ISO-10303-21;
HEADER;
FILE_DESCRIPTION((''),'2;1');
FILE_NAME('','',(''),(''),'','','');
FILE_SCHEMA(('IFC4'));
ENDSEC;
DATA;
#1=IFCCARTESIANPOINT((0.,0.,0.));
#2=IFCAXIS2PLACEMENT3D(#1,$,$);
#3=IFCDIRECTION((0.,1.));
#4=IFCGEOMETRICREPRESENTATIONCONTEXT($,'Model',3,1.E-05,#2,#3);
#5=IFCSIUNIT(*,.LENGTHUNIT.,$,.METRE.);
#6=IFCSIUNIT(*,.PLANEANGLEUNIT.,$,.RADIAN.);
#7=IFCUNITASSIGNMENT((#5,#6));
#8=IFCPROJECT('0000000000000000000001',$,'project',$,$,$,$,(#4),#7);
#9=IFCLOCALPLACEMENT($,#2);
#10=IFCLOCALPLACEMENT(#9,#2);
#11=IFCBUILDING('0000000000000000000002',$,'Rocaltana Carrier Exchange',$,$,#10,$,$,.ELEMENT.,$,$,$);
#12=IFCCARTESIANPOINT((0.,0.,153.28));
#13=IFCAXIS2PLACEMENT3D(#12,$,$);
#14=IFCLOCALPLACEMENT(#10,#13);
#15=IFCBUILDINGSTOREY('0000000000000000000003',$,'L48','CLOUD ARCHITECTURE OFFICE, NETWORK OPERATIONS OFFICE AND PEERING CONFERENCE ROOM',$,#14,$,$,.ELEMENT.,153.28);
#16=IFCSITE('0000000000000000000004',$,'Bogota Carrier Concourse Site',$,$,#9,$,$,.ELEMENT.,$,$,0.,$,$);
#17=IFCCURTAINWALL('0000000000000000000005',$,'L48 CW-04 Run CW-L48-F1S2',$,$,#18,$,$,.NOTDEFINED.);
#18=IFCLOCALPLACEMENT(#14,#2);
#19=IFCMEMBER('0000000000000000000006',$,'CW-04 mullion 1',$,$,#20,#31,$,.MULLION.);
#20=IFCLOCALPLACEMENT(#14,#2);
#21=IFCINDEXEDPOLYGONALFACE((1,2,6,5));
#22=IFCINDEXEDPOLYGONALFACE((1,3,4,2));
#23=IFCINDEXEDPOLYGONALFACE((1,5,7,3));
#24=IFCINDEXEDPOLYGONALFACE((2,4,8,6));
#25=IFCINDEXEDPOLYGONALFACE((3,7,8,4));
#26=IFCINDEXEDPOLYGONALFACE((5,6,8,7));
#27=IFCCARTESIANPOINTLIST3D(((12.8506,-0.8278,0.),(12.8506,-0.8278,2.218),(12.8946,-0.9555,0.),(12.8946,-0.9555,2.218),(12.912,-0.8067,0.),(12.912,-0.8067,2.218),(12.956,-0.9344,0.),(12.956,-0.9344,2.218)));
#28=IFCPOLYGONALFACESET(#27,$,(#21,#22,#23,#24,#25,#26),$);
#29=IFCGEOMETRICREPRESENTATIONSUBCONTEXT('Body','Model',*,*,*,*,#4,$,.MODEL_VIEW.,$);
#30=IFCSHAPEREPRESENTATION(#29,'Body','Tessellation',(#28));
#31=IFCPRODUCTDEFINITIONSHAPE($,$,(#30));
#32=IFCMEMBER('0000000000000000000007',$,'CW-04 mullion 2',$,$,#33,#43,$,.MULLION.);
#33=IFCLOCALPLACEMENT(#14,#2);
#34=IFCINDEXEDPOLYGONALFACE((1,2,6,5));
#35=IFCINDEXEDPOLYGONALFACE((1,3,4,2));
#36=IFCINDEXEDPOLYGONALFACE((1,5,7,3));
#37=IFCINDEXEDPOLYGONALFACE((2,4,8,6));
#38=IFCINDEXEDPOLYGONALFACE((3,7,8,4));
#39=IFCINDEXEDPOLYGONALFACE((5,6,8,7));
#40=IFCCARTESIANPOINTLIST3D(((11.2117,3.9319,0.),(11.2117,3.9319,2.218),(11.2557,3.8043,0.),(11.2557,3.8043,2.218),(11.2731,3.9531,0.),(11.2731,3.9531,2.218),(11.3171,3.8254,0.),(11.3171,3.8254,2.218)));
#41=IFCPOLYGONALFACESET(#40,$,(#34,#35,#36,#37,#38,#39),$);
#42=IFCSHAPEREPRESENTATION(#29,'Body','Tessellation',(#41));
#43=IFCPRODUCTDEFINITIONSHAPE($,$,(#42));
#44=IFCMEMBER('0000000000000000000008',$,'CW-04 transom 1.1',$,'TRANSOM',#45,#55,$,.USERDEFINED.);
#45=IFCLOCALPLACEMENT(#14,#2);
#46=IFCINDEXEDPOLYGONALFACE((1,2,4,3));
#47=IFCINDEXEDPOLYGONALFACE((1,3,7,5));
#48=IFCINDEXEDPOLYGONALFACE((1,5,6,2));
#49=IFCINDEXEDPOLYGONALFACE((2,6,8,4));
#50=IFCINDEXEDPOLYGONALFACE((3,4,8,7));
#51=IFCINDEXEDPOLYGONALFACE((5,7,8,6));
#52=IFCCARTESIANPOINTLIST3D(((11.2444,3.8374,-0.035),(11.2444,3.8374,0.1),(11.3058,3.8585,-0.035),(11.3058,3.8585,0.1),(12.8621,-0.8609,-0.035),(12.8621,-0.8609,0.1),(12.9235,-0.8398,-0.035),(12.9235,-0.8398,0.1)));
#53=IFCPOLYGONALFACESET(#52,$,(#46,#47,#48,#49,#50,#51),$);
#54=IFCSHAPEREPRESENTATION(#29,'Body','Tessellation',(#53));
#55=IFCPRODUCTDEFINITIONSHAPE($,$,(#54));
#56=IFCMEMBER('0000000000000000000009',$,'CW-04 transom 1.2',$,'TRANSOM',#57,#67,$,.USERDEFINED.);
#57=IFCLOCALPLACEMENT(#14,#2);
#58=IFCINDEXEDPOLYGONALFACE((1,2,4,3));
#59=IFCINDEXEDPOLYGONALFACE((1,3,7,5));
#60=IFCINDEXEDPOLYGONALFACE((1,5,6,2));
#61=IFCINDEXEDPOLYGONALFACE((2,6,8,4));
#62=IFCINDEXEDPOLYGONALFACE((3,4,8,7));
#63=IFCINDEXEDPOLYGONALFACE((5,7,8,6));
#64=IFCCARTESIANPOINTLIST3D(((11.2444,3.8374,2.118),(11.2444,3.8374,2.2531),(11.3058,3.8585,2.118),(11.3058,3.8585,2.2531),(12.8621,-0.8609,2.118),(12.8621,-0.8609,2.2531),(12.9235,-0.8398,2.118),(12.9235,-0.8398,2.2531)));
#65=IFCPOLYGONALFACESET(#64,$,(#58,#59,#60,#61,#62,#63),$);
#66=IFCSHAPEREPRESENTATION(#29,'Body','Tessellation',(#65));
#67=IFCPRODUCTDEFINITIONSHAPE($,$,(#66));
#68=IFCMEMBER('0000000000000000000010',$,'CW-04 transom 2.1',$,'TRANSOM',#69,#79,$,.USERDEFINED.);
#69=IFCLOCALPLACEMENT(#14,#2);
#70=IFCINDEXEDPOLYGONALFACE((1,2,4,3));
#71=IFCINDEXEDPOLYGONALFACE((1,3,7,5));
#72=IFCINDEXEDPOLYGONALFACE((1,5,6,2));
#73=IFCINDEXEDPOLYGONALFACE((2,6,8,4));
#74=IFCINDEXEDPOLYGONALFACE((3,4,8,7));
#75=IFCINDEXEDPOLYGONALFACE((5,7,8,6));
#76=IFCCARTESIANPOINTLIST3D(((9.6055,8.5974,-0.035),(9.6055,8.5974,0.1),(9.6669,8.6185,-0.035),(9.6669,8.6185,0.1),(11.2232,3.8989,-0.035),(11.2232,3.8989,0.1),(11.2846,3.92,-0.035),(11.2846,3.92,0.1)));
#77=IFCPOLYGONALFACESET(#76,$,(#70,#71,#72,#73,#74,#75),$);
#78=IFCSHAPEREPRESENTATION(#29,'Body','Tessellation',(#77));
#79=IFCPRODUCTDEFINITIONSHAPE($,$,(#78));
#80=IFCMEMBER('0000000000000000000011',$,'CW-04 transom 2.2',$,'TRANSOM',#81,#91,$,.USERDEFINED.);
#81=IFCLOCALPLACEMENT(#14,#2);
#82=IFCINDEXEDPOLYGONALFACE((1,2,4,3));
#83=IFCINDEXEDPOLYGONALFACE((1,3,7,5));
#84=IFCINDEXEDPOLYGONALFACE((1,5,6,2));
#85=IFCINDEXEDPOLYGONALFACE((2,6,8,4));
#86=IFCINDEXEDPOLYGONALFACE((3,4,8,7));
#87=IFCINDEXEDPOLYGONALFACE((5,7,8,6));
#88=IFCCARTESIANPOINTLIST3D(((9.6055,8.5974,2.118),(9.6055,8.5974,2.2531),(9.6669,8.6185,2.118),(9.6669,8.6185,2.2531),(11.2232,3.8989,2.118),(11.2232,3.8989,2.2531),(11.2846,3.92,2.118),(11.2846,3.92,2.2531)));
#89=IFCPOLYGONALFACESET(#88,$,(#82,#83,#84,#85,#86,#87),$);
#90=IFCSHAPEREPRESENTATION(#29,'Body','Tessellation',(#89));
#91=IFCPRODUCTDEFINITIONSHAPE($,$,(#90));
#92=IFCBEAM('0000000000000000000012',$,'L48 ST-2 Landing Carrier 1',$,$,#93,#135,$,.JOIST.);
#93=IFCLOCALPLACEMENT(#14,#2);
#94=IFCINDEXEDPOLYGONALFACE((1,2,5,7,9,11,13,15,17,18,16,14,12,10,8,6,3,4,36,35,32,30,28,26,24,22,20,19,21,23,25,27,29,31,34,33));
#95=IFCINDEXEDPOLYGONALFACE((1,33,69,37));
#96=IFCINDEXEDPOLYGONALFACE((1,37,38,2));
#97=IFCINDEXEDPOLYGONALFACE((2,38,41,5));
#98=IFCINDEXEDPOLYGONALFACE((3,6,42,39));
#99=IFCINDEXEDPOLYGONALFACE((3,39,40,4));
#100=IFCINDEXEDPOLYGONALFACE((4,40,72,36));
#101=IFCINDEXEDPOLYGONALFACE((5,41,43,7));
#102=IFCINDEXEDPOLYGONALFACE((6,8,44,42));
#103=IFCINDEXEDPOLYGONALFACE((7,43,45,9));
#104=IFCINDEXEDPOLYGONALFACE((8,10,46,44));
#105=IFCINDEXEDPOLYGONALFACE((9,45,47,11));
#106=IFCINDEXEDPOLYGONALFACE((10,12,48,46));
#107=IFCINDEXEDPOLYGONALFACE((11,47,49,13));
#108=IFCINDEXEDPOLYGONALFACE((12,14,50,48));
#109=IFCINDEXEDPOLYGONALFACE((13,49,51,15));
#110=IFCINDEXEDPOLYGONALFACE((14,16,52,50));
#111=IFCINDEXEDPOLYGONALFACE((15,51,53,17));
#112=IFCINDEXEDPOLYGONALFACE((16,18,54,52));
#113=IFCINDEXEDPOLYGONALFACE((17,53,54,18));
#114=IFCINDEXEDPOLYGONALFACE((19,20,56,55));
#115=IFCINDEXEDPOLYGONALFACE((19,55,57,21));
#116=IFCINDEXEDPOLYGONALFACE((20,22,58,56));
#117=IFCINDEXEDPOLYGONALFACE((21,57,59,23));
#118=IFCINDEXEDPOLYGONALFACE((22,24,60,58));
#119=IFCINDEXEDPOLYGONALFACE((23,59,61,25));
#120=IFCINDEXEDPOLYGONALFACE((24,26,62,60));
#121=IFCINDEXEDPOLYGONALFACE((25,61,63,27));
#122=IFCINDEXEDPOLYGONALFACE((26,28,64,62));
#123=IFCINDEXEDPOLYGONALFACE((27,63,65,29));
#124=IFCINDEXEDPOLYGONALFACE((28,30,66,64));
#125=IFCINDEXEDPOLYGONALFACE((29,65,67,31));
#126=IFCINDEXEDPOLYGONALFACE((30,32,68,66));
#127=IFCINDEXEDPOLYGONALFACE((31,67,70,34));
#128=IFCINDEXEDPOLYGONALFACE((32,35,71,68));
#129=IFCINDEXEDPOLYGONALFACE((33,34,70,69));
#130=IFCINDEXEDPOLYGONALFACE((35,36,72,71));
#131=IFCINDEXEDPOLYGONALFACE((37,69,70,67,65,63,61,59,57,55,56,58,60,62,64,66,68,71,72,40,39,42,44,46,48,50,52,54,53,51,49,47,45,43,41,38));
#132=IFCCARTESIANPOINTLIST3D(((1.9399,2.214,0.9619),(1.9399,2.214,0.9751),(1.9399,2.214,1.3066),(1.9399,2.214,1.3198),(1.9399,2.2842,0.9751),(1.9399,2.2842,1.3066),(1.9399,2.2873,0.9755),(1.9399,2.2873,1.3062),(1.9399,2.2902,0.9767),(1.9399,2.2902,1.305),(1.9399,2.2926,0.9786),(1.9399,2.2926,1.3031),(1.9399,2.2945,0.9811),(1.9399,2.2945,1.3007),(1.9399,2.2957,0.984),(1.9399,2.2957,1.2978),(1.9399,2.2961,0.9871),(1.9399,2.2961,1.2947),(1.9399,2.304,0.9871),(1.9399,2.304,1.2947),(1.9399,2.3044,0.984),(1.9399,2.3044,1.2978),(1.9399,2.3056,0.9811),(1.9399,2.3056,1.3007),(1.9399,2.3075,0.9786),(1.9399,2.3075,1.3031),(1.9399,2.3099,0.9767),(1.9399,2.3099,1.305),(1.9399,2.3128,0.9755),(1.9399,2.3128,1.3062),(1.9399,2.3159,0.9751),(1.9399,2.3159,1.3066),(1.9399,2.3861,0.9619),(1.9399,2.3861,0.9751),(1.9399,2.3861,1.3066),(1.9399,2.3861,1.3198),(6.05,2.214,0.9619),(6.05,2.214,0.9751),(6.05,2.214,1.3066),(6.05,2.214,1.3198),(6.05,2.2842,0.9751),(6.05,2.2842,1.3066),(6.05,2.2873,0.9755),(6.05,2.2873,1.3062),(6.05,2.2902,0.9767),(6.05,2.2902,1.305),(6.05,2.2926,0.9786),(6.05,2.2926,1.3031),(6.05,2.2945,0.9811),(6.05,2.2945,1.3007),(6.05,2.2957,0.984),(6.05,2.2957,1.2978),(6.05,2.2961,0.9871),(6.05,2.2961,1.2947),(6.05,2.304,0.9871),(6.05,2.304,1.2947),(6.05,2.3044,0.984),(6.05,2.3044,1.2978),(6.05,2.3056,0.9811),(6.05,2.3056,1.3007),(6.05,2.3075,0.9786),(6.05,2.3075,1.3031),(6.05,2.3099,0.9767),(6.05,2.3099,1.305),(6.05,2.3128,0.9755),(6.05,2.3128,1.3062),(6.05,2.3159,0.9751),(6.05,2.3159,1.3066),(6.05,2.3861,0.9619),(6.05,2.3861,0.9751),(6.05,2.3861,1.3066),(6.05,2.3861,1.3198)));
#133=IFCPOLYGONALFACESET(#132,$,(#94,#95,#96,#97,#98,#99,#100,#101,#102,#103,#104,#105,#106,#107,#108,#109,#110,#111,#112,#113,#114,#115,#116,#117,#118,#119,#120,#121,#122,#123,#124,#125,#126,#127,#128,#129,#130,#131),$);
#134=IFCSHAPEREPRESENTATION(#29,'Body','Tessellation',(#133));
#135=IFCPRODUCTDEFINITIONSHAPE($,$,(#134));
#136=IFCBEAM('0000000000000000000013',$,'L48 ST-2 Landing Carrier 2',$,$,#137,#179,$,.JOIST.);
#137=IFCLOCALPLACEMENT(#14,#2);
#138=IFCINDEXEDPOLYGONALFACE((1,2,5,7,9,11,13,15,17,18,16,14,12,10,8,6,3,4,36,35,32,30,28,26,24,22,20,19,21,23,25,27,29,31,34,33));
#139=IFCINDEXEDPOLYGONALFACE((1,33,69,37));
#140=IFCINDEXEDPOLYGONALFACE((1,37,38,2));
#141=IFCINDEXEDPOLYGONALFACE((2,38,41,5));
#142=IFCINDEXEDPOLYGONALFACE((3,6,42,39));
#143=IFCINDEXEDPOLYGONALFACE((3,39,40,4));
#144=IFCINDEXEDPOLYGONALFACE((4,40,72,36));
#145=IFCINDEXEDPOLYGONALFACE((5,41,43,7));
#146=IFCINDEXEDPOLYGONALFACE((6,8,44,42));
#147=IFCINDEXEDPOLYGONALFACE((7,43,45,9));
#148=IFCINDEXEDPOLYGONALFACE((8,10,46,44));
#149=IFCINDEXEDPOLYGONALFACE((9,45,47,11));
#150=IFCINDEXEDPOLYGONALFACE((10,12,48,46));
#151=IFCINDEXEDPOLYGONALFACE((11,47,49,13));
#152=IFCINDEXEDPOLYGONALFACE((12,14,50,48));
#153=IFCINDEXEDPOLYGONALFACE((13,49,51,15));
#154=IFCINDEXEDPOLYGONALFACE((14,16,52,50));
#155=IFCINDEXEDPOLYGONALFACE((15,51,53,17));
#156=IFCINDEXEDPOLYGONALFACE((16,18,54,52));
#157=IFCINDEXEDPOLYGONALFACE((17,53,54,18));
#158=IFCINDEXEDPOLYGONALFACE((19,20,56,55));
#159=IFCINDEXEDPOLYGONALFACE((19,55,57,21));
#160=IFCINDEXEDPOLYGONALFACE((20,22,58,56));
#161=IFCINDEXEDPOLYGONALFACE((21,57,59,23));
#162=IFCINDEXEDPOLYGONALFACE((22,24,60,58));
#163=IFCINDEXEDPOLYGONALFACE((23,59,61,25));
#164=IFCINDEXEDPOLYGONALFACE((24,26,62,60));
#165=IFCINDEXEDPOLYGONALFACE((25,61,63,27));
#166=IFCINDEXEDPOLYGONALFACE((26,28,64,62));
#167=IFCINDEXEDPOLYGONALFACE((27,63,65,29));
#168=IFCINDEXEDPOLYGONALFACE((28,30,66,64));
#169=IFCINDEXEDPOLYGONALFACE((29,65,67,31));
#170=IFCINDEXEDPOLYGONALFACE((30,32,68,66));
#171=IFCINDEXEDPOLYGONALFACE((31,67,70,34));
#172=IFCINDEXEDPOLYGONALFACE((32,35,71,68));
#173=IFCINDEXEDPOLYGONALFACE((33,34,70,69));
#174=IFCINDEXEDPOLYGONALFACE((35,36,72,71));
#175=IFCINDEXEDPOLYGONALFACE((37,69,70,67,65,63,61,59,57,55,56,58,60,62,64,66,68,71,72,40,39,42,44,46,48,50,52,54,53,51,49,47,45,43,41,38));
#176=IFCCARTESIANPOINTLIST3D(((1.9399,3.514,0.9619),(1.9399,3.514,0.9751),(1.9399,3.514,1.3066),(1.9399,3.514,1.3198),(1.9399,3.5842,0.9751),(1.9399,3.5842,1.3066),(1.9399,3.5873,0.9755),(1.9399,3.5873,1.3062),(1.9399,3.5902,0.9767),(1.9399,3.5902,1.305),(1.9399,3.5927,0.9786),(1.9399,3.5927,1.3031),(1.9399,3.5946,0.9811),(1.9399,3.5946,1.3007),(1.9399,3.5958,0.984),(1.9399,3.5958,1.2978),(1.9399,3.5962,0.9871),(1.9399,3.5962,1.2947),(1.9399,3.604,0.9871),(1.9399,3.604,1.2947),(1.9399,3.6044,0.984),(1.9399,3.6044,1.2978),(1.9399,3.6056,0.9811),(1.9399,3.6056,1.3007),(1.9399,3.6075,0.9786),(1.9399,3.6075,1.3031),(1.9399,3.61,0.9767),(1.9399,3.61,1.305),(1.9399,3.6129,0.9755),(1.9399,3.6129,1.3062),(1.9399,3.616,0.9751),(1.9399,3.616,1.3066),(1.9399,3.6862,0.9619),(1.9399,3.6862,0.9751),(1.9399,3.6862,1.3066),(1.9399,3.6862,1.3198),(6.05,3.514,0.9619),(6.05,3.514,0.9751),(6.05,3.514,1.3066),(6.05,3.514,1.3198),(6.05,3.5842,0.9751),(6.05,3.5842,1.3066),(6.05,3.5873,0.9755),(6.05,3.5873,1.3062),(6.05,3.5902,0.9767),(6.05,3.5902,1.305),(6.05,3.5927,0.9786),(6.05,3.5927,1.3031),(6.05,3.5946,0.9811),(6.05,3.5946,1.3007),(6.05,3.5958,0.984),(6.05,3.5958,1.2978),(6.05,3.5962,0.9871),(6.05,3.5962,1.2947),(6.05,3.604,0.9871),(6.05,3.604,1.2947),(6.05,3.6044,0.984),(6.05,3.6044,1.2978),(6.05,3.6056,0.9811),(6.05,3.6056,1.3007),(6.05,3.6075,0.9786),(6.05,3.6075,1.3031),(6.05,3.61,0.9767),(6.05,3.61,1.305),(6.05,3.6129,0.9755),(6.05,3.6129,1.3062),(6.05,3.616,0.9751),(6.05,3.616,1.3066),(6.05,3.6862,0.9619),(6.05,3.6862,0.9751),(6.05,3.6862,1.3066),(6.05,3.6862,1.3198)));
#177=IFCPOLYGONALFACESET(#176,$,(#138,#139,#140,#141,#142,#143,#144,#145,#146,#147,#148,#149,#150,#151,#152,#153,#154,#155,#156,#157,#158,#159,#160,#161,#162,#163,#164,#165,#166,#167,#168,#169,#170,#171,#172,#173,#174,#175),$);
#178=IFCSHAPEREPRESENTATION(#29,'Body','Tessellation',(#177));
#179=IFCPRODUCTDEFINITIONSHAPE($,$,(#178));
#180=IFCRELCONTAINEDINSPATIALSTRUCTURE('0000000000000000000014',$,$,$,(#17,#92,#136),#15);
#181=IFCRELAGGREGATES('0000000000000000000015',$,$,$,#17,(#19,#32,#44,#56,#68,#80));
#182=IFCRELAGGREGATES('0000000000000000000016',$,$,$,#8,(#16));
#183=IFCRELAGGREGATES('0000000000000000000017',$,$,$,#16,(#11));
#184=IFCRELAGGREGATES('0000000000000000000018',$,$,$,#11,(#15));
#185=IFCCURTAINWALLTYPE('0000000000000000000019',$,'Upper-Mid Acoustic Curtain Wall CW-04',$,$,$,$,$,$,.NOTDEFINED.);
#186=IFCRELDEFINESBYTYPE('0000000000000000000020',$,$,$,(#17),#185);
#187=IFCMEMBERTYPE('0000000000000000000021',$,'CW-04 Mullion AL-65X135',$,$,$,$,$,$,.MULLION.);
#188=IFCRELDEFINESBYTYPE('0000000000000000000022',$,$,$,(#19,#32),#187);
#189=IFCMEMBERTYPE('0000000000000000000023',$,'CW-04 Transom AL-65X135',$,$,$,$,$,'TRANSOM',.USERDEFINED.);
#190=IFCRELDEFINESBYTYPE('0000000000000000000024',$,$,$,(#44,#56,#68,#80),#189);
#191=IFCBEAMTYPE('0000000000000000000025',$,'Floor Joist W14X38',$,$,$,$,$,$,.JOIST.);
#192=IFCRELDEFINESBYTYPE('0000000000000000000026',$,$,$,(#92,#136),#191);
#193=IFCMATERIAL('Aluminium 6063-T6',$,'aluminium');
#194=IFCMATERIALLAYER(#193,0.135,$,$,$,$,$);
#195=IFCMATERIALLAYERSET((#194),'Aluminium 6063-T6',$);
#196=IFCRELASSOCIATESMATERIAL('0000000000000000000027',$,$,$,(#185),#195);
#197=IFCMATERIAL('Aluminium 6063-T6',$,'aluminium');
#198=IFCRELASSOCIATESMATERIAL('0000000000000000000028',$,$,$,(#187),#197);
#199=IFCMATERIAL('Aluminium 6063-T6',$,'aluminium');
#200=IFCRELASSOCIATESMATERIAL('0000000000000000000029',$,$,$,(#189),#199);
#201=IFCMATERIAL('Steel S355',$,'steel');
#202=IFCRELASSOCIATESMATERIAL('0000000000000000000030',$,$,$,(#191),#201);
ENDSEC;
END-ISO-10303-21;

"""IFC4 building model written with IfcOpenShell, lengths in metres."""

from ifc_helpers import new_model, si_unit, direction, frame, origin, origin_2d, place, context, subcontext, project, spatial, rectangle, i_section, extrude, material, layer, layer_set, material_profile, profile_set, type_object, element, aggregate, save


model = new_model("IFC4")

# Units and contexts
model_context = context("Model", 3, precision=1e-05, world=origin(), true_north=direction((0.0, 1.0)))
body_context = subcontext(model_context, "Body", "Model", "MODEL_VIEW")
ifc_project = project(units=[si_unit("LENGTHUNIT", "METRE"), si_unit("PLANEANGLEUNIT", "RADIAN")], contexts=[model_context])

# Site, building, storey
site_placement = place(None, origin())
site = spatial("IfcSite", under=ifc_project, at=site_placement, Name="Bogota Carrier Concourse Site", CompositionType="ELEMENT", RefElevation=0.0)
building_placement = place(site_placement, origin())
building = spatial("IfcBuilding", under=site, at=building_placement, Name="Rocaltana Carrier Exchange", CompositionType="ELEMENT")
storey_placement = place(building_placement, frame((0.0, 0.0, 153.28)))
storey = spatial("IfcBuildingStorey", under=building, at=storey_placement, Name="L48", Description="CLOUD ARCHITECTURE OFFICE, NETWORK OPERATIONS OFFICE AND PEERING CONFERENCE ROOM", CompositionType="ELEMENT", Elevation=153.28)

# Curtain wall, members
ifc_material_1 = material(Name="Aluminium 6063-T6", Category="aluminium")
ifc_layer_1 = layer(ifc_material_1, 0.135)
ifc_layer_set_1 = layer_set([ifc_layer_1], Name="Aluminium 6063-T6")
curtain_wall_type = type_object("IfcCurtainWallType", Name="Upper-Mid Acoustic Curtain Wall CW-04", PredefinedType="NOTDEFINED", material=ifc_layer_set_1)
curtain_wall_placement = place(storey_placement, origin())
curtain_wall = element("IfcCurtainWall", 1, at=curtain_wall_placement, inside=storey, type_object=curtain_wall_type, Name="L48 CW-04 Run CW-L48-F1S2", PredefinedType="NOTDEFINED")
ifc_material_2 = material(Name="Aluminium 6063-T6", Category="aluminium")
ifc_material_profile_1 = material_profile(ifc_material_2, rectangle(XDim=0.0649, YDim=0.135, at=origin_2d()), Name="AL-65X135")
ifc_profile_set_1 = profile_set([ifc_material_profile_1], Name="Aluminium 6063-T6")
member_type_1 = type_object("IfcMemberType", Name="CW-04 Mullion AL-65X135", PredefinedType="MULLION", material=ifc_profile_set_1)
member_1_placement = place(storey_placement, frame((12.9033, -0.8811, 0.0), z_axis=(0.0, 0.0, 1.0), x_axis=(-0.945521, -0.325562, 0.0)))
member_1 = element("IfcMember", 2, at=member_1_placement, type_object=member_type_1, Name="CW-04 mullion 1", PredefinedType="MULLION", context=body_context, shape_type="SweptSolid", body=[
    extrude(rectangle(XDim=0.0649, YDim=0.135, at=origin_2d()), origin(), (0.0, 0.0, 1.0), 2.218),
])
member_2_placement = place(storey_placement, frame((11.2644, 3.8787, 0.0), z_axis=(0.0, 0.0, 1.0), x_axis=(-0.945521, -0.325562, 0.0)))
member_2 = element("IfcMember", 3, at=member_2_placement, type_object=member_type_1, Name="CW-04 mullion 2", PredefinedType="MULLION", context=body_context, shape_type="SweptSolid", body=[
    extrude(rectangle(XDim=0.0649, YDim=0.135, at=origin_2d()), origin(), (0.0, 0.0, 1.0), 2.218),
])
ifc_material_3 = material(Name="Aluminium 6063-T6", Category="aluminium")
ifc_material_profile_2 = material_profile(ifc_material_3, rectangle(XDim=0.0649, YDim=0.135, at=origin_2d()), Name="AL-65X135")
ifc_profile_set_2 = profile_set([ifc_material_profile_2], Name="Aluminium 6063-T6")
member_type_2 = type_object("IfcMemberType", Name="CW-04 Transom AL-65X135", ElementType="TRANSOM", PredefinedType="USERDEFINED", material=ifc_profile_set_2)
member_3_placement = place(storey_placement, frame((12.8928, -0.8503, 0.0325), z_axis=(-0.325558, 0.945522, 0.0), x_axis=(-0.945522, -0.325558, 0.0)))
member_3 = element("IfcMember", 4, at=member_3_placement, type_object=member_type_2, Name="CW-04 transom 1.1", ObjectType="TRANSOM", PredefinedType="USERDEFINED", context=body_context, shape_type="SweptSolid", body=[
    extrude(rectangle(XDim=0.0649, YDim=0.135, at=origin_2d()), origin(), (0.0, 0.0, 1.0), 4.969),
])
member_4_placement = place(storey_placement, frame((12.8928, -0.8503, 2.1855), z_axis=(-0.325558, 0.945522, 0.0), x_axis=(-0.945522, -0.325558, 0.0)))
member_4 = element("IfcMember", 5, at=member_4_placement, type_object=member_type_2, Name="CW-04 transom 1.2", ObjectType="TRANSOM", PredefinedType="USERDEFINED", context=body_context, shape_type="SweptSolid", body=[
    extrude(rectangle(XDim=0.0649, YDim=0.135, at=origin_2d()), origin(), (0.0, 0.0, 1.0), 4.969),
])
member_5_placement = place(storey_placement, frame((11.2539, 3.9094, 0.0325), z_axis=(-0.325542, 0.945527, 0.0), x_axis=(-0.945527, -0.325542, 0.0)))
member_5 = element("IfcMember", 6, at=member_5_placement, type_object=member_type_2, Name="CW-04 transom 2.1", ObjectType="TRANSOM", PredefinedType="USERDEFINED", context=body_context, shape_type="SweptSolid", body=[
    extrude(rectangle(XDim=0.0649, YDim=0.135, at=origin_2d()), origin(), (0.0, 0.0, 1.0), 4.9692),
])
member_6_placement = place(storey_placement, frame((11.2539, 3.9094, 2.1855), z_axis=(-0.325542, 0.945527, 0.0), x_axis=(-0.945527, -0.325542, 0.0)))
member_6 = element("IfcMember", 7, at=member_6_placement, type_object=member_type_2, Name="CW-04 transom 2.2", ObjectType="TRANSOM", PredefinedType="USERDEFINED", context=body_context, shape_type="SweptSolid", body=[
    extrude(rectangle(XDim=0.0649, YDim=0.135, at=origin_2d()), origin(), (0.0, 0.0, 1.0), 4.9692),
])

# Beams
ifc_material_4 = material(Name="Steel S355", Category="steel")
ifc_material_profile_3 = material_profile(ifc_material_4, i_section(OverallWidth=0.1721, OverallDepth=0.3579, WebThickness=0.0078, FlangeThickness=0.0132, FilletRadius=0.012, at=origin_2d()), Name="W14X38")
ifc_profile_set_3 = profile_set([ifc_material_profile_3], Name="Steel S355")
beam_type_1 = type_object("IfcBeamType", Name="Floor Joist W14X38", PredefinedType="JOIST", material=ifc_profile_set_3)
for number, where, z_axis, x_axis, name in (
    (8, (1.9399, 2.3, 1.1409), (1.0, 0.0, 0.0), (0.0, 1.0, 0.0), "L48 ST-2 Landing Carrier 1"),
    (9, (1.9399, 3.6001, 1.1409), (1.0, 0.0, 0.0), (0.0, 1.0, 0.0), "L48 ST-2 Landing Carrier 2"),
):
    element("IfcBeam", number, at=place(storey_placement, frame(where, z_axis=z_axis, x_axis=x_axis)), inside=storey, type_object=beam_type_1, Name=name, PredefinedType="JOIST", context=body_context, shape_type="SweptSolid", body=[
        extrude(i_section(OverallWidth=0.1721, OverallDepth=0.3579, WebThickness=0.0078, FlangeThickness=0.0132, FilletRadius=0.012, at=origin_2d()), origin(), (0.0, 0.0, 1.0), 4.1101),
    ])

aggregate(curtain_wall, [member_1, member_2, member_3, member_4, member_5, member_6])

save(model, "model.ifc")
